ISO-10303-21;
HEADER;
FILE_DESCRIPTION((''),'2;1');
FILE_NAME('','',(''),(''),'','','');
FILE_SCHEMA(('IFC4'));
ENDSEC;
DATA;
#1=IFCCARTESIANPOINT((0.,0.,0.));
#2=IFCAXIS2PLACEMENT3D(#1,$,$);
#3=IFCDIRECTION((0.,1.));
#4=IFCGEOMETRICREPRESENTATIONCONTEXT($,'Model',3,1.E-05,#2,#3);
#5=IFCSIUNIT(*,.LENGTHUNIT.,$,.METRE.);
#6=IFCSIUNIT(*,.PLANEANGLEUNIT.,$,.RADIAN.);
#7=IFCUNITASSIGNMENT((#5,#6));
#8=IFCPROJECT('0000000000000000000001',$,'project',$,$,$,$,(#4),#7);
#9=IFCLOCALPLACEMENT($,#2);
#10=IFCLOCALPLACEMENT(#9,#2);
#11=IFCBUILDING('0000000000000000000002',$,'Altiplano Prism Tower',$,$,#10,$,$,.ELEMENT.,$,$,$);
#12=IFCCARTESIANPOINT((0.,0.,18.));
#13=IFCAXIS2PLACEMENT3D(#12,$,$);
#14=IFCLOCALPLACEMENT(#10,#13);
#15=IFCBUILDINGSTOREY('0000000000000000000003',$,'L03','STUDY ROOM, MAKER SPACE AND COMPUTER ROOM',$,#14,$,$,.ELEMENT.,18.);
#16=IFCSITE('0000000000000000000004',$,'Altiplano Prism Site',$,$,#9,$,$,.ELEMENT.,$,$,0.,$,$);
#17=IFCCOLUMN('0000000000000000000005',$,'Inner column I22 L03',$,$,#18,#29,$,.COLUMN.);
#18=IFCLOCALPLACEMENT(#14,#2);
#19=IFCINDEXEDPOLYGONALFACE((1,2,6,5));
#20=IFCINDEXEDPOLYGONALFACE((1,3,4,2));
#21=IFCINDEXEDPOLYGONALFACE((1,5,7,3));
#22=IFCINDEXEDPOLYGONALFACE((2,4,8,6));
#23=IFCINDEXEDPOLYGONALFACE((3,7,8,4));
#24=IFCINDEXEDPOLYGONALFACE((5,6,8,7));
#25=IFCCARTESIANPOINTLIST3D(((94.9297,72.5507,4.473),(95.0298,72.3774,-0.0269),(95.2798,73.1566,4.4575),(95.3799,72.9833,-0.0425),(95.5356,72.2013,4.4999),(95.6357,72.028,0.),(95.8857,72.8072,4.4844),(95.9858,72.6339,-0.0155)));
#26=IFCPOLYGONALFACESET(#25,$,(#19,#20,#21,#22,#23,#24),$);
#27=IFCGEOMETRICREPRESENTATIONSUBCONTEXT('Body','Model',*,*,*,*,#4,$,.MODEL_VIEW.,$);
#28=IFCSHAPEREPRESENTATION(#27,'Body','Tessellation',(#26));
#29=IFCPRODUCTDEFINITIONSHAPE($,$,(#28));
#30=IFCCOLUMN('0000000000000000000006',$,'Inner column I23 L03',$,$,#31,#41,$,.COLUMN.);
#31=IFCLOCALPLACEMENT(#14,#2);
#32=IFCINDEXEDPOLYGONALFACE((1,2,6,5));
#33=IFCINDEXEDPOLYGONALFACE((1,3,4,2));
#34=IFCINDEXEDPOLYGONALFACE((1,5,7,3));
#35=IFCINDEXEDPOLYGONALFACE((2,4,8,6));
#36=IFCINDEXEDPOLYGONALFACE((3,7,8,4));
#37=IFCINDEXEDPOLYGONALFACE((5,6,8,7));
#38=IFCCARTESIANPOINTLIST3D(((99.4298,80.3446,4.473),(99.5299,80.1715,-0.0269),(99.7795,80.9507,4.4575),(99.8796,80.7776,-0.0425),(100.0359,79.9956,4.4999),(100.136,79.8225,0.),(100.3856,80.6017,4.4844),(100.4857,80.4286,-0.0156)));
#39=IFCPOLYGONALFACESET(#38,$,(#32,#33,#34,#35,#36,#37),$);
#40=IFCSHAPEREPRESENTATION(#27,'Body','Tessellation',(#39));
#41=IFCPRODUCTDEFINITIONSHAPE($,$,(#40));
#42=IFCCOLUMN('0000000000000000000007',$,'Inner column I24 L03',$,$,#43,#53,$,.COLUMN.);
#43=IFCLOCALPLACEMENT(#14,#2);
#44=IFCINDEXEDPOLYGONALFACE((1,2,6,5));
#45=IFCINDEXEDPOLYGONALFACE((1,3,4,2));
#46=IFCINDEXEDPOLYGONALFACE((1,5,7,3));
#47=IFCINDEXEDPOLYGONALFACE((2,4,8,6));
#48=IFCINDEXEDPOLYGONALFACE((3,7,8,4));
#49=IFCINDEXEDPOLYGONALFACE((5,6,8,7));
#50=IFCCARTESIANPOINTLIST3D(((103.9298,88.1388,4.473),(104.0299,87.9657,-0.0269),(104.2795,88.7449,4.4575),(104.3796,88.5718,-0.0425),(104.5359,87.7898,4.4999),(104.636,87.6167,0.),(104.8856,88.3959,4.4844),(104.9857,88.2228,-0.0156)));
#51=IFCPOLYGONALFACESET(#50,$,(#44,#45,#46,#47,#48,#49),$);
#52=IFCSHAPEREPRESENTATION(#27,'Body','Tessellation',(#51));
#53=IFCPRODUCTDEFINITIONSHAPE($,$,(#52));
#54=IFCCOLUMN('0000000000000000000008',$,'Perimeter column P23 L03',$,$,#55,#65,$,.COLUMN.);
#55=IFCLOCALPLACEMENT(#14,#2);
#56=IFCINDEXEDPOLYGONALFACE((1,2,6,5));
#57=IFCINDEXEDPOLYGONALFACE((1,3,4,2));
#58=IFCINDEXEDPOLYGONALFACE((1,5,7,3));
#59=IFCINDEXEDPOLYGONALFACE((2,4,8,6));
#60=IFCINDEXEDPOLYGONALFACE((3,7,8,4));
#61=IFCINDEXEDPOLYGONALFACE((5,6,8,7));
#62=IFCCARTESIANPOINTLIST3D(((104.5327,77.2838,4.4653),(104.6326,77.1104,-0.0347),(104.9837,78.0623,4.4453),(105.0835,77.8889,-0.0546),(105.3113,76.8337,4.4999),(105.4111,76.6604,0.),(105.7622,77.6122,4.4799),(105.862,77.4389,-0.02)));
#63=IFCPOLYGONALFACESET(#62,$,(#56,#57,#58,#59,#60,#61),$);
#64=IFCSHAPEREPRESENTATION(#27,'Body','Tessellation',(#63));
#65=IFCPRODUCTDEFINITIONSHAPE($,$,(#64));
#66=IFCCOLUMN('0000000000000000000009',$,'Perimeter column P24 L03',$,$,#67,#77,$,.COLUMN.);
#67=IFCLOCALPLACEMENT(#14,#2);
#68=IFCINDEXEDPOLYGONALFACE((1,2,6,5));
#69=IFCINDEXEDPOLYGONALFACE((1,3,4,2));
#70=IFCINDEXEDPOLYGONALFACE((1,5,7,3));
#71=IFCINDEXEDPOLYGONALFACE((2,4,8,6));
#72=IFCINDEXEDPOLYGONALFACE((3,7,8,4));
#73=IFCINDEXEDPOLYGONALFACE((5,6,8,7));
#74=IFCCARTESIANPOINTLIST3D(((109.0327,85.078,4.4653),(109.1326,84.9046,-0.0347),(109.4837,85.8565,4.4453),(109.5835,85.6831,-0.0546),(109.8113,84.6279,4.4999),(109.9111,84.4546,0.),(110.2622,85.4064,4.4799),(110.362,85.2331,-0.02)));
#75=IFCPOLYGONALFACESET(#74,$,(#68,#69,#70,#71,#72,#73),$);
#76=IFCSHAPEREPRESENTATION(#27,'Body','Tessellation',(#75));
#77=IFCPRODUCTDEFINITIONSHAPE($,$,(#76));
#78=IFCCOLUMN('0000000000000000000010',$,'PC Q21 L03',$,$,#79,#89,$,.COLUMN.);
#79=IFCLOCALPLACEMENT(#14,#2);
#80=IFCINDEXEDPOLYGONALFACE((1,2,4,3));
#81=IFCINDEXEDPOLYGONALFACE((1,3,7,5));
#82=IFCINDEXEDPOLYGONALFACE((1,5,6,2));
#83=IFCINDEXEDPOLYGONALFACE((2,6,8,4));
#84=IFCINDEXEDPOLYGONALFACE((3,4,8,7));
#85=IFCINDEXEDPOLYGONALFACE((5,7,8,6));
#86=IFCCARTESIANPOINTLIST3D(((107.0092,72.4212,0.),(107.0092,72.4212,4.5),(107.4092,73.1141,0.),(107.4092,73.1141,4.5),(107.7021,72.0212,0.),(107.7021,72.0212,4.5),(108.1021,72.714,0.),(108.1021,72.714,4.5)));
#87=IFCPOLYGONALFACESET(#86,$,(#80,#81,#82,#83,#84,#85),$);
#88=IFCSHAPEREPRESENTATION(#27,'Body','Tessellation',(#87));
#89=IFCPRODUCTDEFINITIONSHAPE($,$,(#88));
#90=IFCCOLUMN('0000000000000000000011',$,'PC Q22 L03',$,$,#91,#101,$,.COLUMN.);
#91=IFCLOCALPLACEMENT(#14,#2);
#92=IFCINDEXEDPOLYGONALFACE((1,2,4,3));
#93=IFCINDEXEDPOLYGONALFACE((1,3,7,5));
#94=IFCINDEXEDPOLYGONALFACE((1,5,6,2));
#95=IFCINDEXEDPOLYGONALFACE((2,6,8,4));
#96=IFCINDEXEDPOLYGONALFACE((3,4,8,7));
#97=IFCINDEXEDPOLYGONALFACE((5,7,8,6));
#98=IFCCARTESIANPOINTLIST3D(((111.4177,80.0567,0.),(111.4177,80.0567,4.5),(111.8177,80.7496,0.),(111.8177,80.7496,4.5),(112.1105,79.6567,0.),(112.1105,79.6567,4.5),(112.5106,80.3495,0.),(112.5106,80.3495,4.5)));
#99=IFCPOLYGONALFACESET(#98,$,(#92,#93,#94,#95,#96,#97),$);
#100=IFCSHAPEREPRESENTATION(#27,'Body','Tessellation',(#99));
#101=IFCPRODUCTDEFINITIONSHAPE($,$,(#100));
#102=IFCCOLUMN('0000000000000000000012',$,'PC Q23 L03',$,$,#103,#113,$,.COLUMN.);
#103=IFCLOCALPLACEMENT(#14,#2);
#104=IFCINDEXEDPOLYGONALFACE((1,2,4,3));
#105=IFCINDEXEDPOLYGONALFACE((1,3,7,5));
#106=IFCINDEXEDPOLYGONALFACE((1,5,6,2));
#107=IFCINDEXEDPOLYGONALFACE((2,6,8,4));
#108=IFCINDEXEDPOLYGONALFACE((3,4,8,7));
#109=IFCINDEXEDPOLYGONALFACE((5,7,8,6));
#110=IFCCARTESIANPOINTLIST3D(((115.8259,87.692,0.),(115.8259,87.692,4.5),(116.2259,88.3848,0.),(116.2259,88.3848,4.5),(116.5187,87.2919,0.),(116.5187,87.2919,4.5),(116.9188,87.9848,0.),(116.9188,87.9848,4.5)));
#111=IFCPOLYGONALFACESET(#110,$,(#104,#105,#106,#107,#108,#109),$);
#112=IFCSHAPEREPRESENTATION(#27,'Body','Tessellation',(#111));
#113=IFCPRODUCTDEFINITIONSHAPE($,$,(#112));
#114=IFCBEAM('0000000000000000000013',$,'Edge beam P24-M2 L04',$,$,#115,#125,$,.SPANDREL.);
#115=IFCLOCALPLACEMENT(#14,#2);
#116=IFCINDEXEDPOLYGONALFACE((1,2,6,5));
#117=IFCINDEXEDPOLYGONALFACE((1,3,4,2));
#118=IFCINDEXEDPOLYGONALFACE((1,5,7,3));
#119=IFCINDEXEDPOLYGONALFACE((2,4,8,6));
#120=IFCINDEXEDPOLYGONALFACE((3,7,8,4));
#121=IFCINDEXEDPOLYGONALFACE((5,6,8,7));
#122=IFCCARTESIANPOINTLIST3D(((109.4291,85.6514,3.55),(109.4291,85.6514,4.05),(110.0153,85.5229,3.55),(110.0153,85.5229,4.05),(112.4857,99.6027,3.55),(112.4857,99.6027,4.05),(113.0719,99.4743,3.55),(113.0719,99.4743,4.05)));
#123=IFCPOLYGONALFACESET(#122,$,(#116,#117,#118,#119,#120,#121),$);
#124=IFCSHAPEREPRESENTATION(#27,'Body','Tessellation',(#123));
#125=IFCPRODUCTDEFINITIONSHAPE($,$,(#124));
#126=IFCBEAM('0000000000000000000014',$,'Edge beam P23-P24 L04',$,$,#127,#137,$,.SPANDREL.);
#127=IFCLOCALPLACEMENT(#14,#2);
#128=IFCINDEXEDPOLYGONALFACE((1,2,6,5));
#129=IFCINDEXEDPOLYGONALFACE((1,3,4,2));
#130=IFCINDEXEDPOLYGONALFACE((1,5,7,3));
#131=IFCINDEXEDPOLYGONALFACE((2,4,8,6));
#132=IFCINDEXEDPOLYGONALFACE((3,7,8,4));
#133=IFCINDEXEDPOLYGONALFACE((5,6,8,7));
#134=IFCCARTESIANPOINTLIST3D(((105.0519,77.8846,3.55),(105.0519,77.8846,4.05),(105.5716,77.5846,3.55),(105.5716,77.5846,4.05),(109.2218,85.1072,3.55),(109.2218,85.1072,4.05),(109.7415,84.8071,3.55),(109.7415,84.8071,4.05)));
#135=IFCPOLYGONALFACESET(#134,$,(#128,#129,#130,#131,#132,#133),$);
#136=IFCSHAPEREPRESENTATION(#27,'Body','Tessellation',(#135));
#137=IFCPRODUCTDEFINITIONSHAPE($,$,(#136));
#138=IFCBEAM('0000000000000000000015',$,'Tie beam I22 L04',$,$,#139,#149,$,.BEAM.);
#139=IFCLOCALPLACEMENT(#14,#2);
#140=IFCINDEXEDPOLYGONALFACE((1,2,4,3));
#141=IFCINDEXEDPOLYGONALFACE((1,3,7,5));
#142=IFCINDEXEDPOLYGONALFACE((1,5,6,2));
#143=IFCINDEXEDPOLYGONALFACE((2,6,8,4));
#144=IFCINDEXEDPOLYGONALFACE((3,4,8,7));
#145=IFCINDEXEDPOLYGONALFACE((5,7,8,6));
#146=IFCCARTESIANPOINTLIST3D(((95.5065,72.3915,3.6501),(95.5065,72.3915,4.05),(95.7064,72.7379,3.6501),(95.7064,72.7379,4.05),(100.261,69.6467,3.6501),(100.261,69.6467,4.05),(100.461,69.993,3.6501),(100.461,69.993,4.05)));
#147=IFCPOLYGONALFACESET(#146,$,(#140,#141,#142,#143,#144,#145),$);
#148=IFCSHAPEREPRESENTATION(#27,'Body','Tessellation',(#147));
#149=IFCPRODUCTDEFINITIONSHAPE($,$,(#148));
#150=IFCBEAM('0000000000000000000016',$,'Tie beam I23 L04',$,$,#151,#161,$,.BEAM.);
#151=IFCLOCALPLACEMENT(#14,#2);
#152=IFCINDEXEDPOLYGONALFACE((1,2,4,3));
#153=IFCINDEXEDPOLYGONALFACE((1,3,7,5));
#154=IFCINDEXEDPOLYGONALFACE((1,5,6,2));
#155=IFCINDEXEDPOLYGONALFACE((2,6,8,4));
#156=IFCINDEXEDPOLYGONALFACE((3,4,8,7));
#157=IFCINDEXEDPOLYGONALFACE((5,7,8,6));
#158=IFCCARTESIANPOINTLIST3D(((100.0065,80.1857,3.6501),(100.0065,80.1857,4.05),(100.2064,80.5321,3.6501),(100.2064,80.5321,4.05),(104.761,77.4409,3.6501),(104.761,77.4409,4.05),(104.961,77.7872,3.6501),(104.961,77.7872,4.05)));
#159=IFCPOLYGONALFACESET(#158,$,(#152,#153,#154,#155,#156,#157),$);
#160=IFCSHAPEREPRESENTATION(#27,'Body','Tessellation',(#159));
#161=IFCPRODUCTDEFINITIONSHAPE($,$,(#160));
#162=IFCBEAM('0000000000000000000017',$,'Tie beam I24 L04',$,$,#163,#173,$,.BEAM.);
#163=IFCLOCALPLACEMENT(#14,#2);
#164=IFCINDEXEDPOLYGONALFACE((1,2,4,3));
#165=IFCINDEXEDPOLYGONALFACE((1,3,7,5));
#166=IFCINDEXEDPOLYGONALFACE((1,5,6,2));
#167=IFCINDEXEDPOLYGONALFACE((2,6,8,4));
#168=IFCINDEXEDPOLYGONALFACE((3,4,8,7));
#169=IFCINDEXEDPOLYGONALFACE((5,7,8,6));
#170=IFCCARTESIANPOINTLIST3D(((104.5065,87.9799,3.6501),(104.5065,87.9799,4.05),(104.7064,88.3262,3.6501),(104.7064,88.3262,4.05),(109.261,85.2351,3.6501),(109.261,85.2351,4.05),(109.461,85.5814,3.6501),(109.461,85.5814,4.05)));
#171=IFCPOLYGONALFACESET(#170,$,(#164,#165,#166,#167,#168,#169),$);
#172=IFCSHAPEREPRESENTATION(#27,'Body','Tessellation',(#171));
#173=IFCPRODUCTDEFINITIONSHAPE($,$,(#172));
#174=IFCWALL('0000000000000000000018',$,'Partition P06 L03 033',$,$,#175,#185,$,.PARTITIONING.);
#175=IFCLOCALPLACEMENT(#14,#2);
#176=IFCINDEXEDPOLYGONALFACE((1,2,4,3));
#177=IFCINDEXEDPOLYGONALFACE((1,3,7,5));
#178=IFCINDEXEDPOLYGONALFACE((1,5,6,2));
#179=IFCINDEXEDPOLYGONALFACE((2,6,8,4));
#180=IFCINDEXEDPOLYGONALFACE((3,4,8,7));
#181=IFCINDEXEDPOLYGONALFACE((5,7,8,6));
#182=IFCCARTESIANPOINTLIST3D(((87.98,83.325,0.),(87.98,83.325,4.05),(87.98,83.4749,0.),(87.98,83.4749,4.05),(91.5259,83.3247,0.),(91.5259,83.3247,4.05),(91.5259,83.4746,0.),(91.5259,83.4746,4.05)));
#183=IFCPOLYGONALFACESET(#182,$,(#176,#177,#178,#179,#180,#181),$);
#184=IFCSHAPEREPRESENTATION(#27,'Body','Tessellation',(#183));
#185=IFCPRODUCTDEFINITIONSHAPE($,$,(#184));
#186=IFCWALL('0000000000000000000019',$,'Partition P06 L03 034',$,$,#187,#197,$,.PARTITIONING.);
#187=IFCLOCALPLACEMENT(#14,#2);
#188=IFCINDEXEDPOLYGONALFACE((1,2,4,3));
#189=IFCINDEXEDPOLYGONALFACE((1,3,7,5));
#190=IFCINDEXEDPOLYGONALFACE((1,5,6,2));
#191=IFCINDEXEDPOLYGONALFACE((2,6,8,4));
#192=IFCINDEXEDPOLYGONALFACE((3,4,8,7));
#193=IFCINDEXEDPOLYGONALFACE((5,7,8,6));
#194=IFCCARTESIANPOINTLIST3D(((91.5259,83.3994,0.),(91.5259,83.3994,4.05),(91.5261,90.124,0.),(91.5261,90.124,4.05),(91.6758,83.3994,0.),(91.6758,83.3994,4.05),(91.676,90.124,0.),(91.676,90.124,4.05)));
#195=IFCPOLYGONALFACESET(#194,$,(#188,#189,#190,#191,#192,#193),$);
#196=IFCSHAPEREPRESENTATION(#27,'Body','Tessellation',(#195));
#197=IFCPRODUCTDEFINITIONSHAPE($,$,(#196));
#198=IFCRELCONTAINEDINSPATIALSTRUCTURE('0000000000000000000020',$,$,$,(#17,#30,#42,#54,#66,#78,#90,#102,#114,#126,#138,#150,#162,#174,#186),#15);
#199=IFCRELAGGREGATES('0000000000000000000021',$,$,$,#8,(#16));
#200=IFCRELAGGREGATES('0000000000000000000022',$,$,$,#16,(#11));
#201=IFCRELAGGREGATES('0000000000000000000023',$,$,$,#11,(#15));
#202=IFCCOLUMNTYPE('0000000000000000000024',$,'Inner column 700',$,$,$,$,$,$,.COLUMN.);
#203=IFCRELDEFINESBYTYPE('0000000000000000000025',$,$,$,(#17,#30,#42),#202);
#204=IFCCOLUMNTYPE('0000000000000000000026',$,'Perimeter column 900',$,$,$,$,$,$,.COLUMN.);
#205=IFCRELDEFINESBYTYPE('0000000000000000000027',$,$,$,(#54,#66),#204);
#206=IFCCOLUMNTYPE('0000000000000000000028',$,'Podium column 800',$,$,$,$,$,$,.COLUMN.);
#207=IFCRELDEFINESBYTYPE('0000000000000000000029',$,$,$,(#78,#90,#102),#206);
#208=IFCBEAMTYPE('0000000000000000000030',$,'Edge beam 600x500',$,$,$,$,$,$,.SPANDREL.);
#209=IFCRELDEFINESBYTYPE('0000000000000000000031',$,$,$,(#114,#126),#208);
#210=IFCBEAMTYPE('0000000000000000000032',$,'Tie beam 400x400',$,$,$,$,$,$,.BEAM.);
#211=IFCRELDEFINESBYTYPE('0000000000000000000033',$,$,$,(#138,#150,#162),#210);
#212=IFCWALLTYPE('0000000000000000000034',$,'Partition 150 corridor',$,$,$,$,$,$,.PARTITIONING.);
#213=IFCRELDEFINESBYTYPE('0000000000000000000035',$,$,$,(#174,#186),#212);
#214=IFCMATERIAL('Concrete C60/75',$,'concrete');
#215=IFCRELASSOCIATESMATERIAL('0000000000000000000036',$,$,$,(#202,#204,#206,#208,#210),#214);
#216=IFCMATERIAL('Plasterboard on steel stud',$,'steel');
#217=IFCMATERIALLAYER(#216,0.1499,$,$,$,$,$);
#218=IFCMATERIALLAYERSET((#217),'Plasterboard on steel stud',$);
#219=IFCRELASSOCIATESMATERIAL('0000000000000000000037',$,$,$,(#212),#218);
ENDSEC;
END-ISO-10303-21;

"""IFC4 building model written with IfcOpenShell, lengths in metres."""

from ifc_helpers import new_model, si_unit, direction, frame, frame_2d, origin, origin_2d, place, context, subcontext, project, spatial, rectangle, extrude, material, layer, layer_set, material_profile, profile_set, type_object, element, save


model = new_model("IFC4")

# Units and contexts
model_context = context("Model", 3, precision=1e-05, world=origin(), true_north=direction((0.0, 1.0)))
body_context = subcontext(model_context, "Body", "Model", "MODEL_VIEW")
ifc_project = project(units=[si_unit("LENGTHUNIT", "METRE"), si_unit("PLANEANGLEUNIT", "RADIAN")], contexts=[model_context])

# Site, building, storey
site_placement = place(None, origin())
site = spatial("IfcSite", under=ifc_project, at=site_placement, Name="Altiplano Prism Site", CompositionType="ELEMENT", RefElevation=0.0)
building_placement = place(site_placement, origin())
building = spatial("IfcBuilding", under=site, at=building_placement, Name="Altiplano Prism Tower", CompositionType="ELEMENT")
storey_placement = place(building_placement, frame((0.0, 0.0, 18.0)))
storey = spatial("IfcBuildingStorey", under=building, at=storey_placement, Name="L03", Description="STUDY ROOM, MAKER SPACE AND COMPUTER ROOM", CompositionType="ELEMENT", Elevation=18.0)

# Columns
ifc_material_1 = material(Name="Concrete C60/75", Category="concrete")
ifc_material_profile_1 = material_profile(ifc_material_1, rectangle(XDim=0.7, YDim=0.7, at=origin_2d()), Name="Inner column 700")
ifc_profile_set_1 = profile_set([ifc_material_profile_1], Name="Concrete C60/75")
column_type_1 = type_object("IfcColumnType", Name="Inner column 700", PredefinedType="COLUMN", material=ifc_profile_set_1)
for number, where, z_axis, x_axis, name in (
    (1, (95.5078, 72.5056, -0.0212), (-0.022222, 0.038482, 0.999012), (-0.500178, -0.865638, 0.022218), "Inner column I22 L03"),
    (2, (100.0078, 80.3, -0.0212), (-0.022222, 0.038428, 0.999014), (-0.499646, -0.865945, 0.022195), "Inner column I23 L03"),
    (3, (104.5078, 88.0942, -0.0212), (-0.022222, 0.038428, 0.999014), (-0.499648, -0.865944, 0.022195), "Inner column I24 L03"),
):
    element("IfcColumn", number, at=place(storey_placement, frame(where, z_axis=z_axis, x_axis=x_axis)), inside=storey, type_object=column_type_1, Name=name, PredefinedType="COLUMN", context=body_context, shape_type="SweptSolid", body=[
        extrude(rectangle(XDim=0.7, YDim=0.7, at=origin_2d()), origin(), (0.0, 0.0, 1.0), 4.5044),
    ])
ifc_material_profile_2 = material_profile(ifc_material_1, rectangle(XDim=0.8999, YDim=0.8999, at=origin_2d()), Name="Perimeter column 900")
ifc_profile_set_2 = profile_set([ifc_material_profile_2], Name="Concrete C60/75")
column_type_2 = type_object("IfcColumnType", Name="Perimeter column 900", PredefinedType="COLUMN", material=ifc_profile_set_2)
for number, where, z_axis, x_axis, name in (
    (4, (105.2473, 77.2747, -0.0273), (-0.022168, 0.038482, 0.999013), (-0.50109, -0.86511, 0.022205), "Perimeter column P23 L03"),
    (5, (109.7473, 85.0688, -0.0273), (-0.022168, 0.038482, 0.999013), (-0.501092, -0.865109, 0.022205), "Perimeter column P24 L03"),
):
    element("IfcColumn", number, at=place(storey_placement, frame(where, z_axis=z_axis, x_axis=x_axis)), inside=storey, type_object=column_type_2, Name=name, PredefinedType="COLUMN", context=body_context, shape_type="SweptSolid", body=[
        extrude(rectangle(XDim=0.8999, YDim=0.8999, at=origin_2d()), origin(), (0.0, 0.0, 1.0), 4.5044),
    ])
ifc_material_profile_3 = material_profile(ifc_material_1, rectangle(XDim=0.8, YDim=0.8, at=origin_2d()), Name="Podium column 800")
ifc_profile_set_3 = profile_set([ifc_material_profile_3], Name="Concrete C60/75")
column_type_3 = type_object("IfcColumnType", Name="Podium column 800", PredefinedType="COLUMN", material=ifc_profile_set_3)
for number, where, z_axis, x_axis, name in (
    (6, (107.5557, 72.5676, 0.0), (0.0, 0.0, 1.0), (0.5, 0.866025, 0.0), "PC Q21 L03"),
    (7, (111.9641, 80.2031, 0.0), (0.0, 0.0, 1.0), (0.5, 0.866025, 0.0), "PC Q22 L03"),
    (8, (116.3723, 87.8384, 0.0), (0.0, 0.0, 1.0), (0.5, 0.866025, 0.0), "PC Q23 L03"),
):
    element("IfcColumn", number, at=place(storey_placement, frame(where, z_axis=z_axis, x_axis=x_axis)), inside=storey, type_object=column_type_3, Name=name, PredefinedType="COLUMN", context=body_context, shape_type="SweptSolid", body=[
        extrude(rectangle(XDim=0.8, YDim=0.8, at=origin_2d()), origin(), (0.0, 0.0, 1.0), 4.5),
    ])

# Beams
ifc_material_profile_4 = material_profile(ifc_material_1, rectangle(XDim=0.6001, YDim=0.5, at=origin_2d()), Name="Edge beam 600x500")
ifc_profile_set_4 = profile_set([ifc_material_profile_4], Name="Concrete C60/75")
beam_type_1 = type_object("IfcBeamType", Name="Edge beam 600x500", PredefinedType="SPANDREL", material=ifc_profile_set_4)
beam_1_placement = place(storey_placement, frame((109.7222, 85.5872, 3.8), z_axis=(0.214015, 0.97683, 0.0), x_axis=(-0.97683, 0.214015, 0.0)))
element("IfcBeam", 9, at=beam_1_placement, inside=storey, type_object=beam_type_1, Name="Edge beam P24-M2 L04", PredefinedType="SPANDREL", context=body_context, shape_type="SweptSolid", body=[
    extrude(rectangle(XDim=0.6001, YDim=0.5, at=origin_2d()), origin(), (0.0, 0.0, 1.0), 14.2822),
])
beam_2_placement = place(storey_placement, frame((105.3118, 77.7346, 3.8), z_axis=(0.499993, 0.86603, 0.0), x_axis=(-0.86603, 0.499993, 0.0)))
element("IfcBeam", 10, at=beam_2_placement, inside=storey, type_object=beam_type_1, Name="Edge beam P23-P24 L04", PredefinedType="SPANDREL", context=body_context, shape_type="SweptSolid", body=[
    extrude(rectangle(XDim=0.6001, YDim=0.5, at=origin_2d()), origin(), (0.0, 0.0, 1.0), 8.3398),
])
ifc_material_profile_5 = material_profile(ifc_material_1, rectangle(XDim=0.3999, YDim=0.3999, at=origin_2d()), Name="Tie beam 400x400")
ifc_profile_set_5 = profile_set([ifc_material_profile_5], Name="Concrete C60/75")
beam_type_2 = type_object("IfcBeamType", Name="Tie beam 400x400", PredefinedType="BEAM", material=ifc_profile_set_5)
for number, where, z_axis, x_axis, name in (
    (11, (95.6064, 72.5647, 3.8501), (0.866043, -0.49997, 0.0), (0.49997, 0.866043, 0.0), "Tie beam I22 L04"),
    (12, (100.1064, 80.3589, 3.8501), (0.866043, -0.49997, 0.0), (0.49997, 0.866043, 0.0), "Tie beam I23 L04"),
    (13, (104.6064, 88.1531, 3.8501), (0.866043, -0.49997, 0.0), (0.49997, 0.866043, 0.0), "Tie beam I24 L04"),
):
    element("IfcBeam", number, at=place(storey_placement, frame(where, z_axis=z_axis, x_axis=x_axis)), inside=storey, type_object=beam_type_2, Name=name, PredefinedType="BEAM", context=body_context, shape_type="SweptSolid", body=[
        extrude(rectangle(XDim=0.3999, YDim=0.3999, at=origin_2d()), origin(), (0.0, 0.0, 1.0), 5.49),
    ])

# Walls
ifc_material_2 = material(Name="Plasterboard on steel stud", Category="steel")
ifc_layer_1 = layer(ifc_material_2, 0.1499)
ifc_layer_set_1 = layer_set([ifc_layer_1], Name="Plasterboard on steel stud")
wall_type_1 = type_object("IfcWallType", Name="Partition 150 corridor", PredefinedType="PARTITIONING", material=ifc_layer_set_1)
wall_1_placement = place(storey_placement, frame((87.98, 83.3999, 0.0), z_axis=(0.0, 0.0, 1.0), x_axis=(1.0, -0.000069, 0.0)))
element("IfcWall", 14, at=wall_1_placement, inside=storey, type_object=wall_type_1, Name="Partition P06 L03 033", PredefinedType="PARTITIONING", context=body_context, shape_type="SweptSolid", body=[
    extrude(rectangle(XDim=3.5459, YDim=0.1499, at=frame_2d((1.7729, 0.0))), origin(), (0.0, 0.0, 1.0), 4.05),
])
wall_2_placement = place(storey_placement, frame((91.6008, 83.3994, 0.0), z_axis=(0.0, 0.0, 1.0), x_axis=(0.000036, 1.0, 0.0)))
element("IfcWall", 15, at=wall_2_placement, inside=storey, type_object=wall_type_1, Name="Partition P06 L03 034", PredefinedType="PARTITIONING", context=body_context, shape_type="SweptSolid", body=[
    extrude(rectangle(XDim=6.7246, YDim=0.1499, at=frame_2d((3.3623, 0.0))), origin(), (0.0, 0.0, 1.0), 4.05),
])

save(model, "model.ifc")
